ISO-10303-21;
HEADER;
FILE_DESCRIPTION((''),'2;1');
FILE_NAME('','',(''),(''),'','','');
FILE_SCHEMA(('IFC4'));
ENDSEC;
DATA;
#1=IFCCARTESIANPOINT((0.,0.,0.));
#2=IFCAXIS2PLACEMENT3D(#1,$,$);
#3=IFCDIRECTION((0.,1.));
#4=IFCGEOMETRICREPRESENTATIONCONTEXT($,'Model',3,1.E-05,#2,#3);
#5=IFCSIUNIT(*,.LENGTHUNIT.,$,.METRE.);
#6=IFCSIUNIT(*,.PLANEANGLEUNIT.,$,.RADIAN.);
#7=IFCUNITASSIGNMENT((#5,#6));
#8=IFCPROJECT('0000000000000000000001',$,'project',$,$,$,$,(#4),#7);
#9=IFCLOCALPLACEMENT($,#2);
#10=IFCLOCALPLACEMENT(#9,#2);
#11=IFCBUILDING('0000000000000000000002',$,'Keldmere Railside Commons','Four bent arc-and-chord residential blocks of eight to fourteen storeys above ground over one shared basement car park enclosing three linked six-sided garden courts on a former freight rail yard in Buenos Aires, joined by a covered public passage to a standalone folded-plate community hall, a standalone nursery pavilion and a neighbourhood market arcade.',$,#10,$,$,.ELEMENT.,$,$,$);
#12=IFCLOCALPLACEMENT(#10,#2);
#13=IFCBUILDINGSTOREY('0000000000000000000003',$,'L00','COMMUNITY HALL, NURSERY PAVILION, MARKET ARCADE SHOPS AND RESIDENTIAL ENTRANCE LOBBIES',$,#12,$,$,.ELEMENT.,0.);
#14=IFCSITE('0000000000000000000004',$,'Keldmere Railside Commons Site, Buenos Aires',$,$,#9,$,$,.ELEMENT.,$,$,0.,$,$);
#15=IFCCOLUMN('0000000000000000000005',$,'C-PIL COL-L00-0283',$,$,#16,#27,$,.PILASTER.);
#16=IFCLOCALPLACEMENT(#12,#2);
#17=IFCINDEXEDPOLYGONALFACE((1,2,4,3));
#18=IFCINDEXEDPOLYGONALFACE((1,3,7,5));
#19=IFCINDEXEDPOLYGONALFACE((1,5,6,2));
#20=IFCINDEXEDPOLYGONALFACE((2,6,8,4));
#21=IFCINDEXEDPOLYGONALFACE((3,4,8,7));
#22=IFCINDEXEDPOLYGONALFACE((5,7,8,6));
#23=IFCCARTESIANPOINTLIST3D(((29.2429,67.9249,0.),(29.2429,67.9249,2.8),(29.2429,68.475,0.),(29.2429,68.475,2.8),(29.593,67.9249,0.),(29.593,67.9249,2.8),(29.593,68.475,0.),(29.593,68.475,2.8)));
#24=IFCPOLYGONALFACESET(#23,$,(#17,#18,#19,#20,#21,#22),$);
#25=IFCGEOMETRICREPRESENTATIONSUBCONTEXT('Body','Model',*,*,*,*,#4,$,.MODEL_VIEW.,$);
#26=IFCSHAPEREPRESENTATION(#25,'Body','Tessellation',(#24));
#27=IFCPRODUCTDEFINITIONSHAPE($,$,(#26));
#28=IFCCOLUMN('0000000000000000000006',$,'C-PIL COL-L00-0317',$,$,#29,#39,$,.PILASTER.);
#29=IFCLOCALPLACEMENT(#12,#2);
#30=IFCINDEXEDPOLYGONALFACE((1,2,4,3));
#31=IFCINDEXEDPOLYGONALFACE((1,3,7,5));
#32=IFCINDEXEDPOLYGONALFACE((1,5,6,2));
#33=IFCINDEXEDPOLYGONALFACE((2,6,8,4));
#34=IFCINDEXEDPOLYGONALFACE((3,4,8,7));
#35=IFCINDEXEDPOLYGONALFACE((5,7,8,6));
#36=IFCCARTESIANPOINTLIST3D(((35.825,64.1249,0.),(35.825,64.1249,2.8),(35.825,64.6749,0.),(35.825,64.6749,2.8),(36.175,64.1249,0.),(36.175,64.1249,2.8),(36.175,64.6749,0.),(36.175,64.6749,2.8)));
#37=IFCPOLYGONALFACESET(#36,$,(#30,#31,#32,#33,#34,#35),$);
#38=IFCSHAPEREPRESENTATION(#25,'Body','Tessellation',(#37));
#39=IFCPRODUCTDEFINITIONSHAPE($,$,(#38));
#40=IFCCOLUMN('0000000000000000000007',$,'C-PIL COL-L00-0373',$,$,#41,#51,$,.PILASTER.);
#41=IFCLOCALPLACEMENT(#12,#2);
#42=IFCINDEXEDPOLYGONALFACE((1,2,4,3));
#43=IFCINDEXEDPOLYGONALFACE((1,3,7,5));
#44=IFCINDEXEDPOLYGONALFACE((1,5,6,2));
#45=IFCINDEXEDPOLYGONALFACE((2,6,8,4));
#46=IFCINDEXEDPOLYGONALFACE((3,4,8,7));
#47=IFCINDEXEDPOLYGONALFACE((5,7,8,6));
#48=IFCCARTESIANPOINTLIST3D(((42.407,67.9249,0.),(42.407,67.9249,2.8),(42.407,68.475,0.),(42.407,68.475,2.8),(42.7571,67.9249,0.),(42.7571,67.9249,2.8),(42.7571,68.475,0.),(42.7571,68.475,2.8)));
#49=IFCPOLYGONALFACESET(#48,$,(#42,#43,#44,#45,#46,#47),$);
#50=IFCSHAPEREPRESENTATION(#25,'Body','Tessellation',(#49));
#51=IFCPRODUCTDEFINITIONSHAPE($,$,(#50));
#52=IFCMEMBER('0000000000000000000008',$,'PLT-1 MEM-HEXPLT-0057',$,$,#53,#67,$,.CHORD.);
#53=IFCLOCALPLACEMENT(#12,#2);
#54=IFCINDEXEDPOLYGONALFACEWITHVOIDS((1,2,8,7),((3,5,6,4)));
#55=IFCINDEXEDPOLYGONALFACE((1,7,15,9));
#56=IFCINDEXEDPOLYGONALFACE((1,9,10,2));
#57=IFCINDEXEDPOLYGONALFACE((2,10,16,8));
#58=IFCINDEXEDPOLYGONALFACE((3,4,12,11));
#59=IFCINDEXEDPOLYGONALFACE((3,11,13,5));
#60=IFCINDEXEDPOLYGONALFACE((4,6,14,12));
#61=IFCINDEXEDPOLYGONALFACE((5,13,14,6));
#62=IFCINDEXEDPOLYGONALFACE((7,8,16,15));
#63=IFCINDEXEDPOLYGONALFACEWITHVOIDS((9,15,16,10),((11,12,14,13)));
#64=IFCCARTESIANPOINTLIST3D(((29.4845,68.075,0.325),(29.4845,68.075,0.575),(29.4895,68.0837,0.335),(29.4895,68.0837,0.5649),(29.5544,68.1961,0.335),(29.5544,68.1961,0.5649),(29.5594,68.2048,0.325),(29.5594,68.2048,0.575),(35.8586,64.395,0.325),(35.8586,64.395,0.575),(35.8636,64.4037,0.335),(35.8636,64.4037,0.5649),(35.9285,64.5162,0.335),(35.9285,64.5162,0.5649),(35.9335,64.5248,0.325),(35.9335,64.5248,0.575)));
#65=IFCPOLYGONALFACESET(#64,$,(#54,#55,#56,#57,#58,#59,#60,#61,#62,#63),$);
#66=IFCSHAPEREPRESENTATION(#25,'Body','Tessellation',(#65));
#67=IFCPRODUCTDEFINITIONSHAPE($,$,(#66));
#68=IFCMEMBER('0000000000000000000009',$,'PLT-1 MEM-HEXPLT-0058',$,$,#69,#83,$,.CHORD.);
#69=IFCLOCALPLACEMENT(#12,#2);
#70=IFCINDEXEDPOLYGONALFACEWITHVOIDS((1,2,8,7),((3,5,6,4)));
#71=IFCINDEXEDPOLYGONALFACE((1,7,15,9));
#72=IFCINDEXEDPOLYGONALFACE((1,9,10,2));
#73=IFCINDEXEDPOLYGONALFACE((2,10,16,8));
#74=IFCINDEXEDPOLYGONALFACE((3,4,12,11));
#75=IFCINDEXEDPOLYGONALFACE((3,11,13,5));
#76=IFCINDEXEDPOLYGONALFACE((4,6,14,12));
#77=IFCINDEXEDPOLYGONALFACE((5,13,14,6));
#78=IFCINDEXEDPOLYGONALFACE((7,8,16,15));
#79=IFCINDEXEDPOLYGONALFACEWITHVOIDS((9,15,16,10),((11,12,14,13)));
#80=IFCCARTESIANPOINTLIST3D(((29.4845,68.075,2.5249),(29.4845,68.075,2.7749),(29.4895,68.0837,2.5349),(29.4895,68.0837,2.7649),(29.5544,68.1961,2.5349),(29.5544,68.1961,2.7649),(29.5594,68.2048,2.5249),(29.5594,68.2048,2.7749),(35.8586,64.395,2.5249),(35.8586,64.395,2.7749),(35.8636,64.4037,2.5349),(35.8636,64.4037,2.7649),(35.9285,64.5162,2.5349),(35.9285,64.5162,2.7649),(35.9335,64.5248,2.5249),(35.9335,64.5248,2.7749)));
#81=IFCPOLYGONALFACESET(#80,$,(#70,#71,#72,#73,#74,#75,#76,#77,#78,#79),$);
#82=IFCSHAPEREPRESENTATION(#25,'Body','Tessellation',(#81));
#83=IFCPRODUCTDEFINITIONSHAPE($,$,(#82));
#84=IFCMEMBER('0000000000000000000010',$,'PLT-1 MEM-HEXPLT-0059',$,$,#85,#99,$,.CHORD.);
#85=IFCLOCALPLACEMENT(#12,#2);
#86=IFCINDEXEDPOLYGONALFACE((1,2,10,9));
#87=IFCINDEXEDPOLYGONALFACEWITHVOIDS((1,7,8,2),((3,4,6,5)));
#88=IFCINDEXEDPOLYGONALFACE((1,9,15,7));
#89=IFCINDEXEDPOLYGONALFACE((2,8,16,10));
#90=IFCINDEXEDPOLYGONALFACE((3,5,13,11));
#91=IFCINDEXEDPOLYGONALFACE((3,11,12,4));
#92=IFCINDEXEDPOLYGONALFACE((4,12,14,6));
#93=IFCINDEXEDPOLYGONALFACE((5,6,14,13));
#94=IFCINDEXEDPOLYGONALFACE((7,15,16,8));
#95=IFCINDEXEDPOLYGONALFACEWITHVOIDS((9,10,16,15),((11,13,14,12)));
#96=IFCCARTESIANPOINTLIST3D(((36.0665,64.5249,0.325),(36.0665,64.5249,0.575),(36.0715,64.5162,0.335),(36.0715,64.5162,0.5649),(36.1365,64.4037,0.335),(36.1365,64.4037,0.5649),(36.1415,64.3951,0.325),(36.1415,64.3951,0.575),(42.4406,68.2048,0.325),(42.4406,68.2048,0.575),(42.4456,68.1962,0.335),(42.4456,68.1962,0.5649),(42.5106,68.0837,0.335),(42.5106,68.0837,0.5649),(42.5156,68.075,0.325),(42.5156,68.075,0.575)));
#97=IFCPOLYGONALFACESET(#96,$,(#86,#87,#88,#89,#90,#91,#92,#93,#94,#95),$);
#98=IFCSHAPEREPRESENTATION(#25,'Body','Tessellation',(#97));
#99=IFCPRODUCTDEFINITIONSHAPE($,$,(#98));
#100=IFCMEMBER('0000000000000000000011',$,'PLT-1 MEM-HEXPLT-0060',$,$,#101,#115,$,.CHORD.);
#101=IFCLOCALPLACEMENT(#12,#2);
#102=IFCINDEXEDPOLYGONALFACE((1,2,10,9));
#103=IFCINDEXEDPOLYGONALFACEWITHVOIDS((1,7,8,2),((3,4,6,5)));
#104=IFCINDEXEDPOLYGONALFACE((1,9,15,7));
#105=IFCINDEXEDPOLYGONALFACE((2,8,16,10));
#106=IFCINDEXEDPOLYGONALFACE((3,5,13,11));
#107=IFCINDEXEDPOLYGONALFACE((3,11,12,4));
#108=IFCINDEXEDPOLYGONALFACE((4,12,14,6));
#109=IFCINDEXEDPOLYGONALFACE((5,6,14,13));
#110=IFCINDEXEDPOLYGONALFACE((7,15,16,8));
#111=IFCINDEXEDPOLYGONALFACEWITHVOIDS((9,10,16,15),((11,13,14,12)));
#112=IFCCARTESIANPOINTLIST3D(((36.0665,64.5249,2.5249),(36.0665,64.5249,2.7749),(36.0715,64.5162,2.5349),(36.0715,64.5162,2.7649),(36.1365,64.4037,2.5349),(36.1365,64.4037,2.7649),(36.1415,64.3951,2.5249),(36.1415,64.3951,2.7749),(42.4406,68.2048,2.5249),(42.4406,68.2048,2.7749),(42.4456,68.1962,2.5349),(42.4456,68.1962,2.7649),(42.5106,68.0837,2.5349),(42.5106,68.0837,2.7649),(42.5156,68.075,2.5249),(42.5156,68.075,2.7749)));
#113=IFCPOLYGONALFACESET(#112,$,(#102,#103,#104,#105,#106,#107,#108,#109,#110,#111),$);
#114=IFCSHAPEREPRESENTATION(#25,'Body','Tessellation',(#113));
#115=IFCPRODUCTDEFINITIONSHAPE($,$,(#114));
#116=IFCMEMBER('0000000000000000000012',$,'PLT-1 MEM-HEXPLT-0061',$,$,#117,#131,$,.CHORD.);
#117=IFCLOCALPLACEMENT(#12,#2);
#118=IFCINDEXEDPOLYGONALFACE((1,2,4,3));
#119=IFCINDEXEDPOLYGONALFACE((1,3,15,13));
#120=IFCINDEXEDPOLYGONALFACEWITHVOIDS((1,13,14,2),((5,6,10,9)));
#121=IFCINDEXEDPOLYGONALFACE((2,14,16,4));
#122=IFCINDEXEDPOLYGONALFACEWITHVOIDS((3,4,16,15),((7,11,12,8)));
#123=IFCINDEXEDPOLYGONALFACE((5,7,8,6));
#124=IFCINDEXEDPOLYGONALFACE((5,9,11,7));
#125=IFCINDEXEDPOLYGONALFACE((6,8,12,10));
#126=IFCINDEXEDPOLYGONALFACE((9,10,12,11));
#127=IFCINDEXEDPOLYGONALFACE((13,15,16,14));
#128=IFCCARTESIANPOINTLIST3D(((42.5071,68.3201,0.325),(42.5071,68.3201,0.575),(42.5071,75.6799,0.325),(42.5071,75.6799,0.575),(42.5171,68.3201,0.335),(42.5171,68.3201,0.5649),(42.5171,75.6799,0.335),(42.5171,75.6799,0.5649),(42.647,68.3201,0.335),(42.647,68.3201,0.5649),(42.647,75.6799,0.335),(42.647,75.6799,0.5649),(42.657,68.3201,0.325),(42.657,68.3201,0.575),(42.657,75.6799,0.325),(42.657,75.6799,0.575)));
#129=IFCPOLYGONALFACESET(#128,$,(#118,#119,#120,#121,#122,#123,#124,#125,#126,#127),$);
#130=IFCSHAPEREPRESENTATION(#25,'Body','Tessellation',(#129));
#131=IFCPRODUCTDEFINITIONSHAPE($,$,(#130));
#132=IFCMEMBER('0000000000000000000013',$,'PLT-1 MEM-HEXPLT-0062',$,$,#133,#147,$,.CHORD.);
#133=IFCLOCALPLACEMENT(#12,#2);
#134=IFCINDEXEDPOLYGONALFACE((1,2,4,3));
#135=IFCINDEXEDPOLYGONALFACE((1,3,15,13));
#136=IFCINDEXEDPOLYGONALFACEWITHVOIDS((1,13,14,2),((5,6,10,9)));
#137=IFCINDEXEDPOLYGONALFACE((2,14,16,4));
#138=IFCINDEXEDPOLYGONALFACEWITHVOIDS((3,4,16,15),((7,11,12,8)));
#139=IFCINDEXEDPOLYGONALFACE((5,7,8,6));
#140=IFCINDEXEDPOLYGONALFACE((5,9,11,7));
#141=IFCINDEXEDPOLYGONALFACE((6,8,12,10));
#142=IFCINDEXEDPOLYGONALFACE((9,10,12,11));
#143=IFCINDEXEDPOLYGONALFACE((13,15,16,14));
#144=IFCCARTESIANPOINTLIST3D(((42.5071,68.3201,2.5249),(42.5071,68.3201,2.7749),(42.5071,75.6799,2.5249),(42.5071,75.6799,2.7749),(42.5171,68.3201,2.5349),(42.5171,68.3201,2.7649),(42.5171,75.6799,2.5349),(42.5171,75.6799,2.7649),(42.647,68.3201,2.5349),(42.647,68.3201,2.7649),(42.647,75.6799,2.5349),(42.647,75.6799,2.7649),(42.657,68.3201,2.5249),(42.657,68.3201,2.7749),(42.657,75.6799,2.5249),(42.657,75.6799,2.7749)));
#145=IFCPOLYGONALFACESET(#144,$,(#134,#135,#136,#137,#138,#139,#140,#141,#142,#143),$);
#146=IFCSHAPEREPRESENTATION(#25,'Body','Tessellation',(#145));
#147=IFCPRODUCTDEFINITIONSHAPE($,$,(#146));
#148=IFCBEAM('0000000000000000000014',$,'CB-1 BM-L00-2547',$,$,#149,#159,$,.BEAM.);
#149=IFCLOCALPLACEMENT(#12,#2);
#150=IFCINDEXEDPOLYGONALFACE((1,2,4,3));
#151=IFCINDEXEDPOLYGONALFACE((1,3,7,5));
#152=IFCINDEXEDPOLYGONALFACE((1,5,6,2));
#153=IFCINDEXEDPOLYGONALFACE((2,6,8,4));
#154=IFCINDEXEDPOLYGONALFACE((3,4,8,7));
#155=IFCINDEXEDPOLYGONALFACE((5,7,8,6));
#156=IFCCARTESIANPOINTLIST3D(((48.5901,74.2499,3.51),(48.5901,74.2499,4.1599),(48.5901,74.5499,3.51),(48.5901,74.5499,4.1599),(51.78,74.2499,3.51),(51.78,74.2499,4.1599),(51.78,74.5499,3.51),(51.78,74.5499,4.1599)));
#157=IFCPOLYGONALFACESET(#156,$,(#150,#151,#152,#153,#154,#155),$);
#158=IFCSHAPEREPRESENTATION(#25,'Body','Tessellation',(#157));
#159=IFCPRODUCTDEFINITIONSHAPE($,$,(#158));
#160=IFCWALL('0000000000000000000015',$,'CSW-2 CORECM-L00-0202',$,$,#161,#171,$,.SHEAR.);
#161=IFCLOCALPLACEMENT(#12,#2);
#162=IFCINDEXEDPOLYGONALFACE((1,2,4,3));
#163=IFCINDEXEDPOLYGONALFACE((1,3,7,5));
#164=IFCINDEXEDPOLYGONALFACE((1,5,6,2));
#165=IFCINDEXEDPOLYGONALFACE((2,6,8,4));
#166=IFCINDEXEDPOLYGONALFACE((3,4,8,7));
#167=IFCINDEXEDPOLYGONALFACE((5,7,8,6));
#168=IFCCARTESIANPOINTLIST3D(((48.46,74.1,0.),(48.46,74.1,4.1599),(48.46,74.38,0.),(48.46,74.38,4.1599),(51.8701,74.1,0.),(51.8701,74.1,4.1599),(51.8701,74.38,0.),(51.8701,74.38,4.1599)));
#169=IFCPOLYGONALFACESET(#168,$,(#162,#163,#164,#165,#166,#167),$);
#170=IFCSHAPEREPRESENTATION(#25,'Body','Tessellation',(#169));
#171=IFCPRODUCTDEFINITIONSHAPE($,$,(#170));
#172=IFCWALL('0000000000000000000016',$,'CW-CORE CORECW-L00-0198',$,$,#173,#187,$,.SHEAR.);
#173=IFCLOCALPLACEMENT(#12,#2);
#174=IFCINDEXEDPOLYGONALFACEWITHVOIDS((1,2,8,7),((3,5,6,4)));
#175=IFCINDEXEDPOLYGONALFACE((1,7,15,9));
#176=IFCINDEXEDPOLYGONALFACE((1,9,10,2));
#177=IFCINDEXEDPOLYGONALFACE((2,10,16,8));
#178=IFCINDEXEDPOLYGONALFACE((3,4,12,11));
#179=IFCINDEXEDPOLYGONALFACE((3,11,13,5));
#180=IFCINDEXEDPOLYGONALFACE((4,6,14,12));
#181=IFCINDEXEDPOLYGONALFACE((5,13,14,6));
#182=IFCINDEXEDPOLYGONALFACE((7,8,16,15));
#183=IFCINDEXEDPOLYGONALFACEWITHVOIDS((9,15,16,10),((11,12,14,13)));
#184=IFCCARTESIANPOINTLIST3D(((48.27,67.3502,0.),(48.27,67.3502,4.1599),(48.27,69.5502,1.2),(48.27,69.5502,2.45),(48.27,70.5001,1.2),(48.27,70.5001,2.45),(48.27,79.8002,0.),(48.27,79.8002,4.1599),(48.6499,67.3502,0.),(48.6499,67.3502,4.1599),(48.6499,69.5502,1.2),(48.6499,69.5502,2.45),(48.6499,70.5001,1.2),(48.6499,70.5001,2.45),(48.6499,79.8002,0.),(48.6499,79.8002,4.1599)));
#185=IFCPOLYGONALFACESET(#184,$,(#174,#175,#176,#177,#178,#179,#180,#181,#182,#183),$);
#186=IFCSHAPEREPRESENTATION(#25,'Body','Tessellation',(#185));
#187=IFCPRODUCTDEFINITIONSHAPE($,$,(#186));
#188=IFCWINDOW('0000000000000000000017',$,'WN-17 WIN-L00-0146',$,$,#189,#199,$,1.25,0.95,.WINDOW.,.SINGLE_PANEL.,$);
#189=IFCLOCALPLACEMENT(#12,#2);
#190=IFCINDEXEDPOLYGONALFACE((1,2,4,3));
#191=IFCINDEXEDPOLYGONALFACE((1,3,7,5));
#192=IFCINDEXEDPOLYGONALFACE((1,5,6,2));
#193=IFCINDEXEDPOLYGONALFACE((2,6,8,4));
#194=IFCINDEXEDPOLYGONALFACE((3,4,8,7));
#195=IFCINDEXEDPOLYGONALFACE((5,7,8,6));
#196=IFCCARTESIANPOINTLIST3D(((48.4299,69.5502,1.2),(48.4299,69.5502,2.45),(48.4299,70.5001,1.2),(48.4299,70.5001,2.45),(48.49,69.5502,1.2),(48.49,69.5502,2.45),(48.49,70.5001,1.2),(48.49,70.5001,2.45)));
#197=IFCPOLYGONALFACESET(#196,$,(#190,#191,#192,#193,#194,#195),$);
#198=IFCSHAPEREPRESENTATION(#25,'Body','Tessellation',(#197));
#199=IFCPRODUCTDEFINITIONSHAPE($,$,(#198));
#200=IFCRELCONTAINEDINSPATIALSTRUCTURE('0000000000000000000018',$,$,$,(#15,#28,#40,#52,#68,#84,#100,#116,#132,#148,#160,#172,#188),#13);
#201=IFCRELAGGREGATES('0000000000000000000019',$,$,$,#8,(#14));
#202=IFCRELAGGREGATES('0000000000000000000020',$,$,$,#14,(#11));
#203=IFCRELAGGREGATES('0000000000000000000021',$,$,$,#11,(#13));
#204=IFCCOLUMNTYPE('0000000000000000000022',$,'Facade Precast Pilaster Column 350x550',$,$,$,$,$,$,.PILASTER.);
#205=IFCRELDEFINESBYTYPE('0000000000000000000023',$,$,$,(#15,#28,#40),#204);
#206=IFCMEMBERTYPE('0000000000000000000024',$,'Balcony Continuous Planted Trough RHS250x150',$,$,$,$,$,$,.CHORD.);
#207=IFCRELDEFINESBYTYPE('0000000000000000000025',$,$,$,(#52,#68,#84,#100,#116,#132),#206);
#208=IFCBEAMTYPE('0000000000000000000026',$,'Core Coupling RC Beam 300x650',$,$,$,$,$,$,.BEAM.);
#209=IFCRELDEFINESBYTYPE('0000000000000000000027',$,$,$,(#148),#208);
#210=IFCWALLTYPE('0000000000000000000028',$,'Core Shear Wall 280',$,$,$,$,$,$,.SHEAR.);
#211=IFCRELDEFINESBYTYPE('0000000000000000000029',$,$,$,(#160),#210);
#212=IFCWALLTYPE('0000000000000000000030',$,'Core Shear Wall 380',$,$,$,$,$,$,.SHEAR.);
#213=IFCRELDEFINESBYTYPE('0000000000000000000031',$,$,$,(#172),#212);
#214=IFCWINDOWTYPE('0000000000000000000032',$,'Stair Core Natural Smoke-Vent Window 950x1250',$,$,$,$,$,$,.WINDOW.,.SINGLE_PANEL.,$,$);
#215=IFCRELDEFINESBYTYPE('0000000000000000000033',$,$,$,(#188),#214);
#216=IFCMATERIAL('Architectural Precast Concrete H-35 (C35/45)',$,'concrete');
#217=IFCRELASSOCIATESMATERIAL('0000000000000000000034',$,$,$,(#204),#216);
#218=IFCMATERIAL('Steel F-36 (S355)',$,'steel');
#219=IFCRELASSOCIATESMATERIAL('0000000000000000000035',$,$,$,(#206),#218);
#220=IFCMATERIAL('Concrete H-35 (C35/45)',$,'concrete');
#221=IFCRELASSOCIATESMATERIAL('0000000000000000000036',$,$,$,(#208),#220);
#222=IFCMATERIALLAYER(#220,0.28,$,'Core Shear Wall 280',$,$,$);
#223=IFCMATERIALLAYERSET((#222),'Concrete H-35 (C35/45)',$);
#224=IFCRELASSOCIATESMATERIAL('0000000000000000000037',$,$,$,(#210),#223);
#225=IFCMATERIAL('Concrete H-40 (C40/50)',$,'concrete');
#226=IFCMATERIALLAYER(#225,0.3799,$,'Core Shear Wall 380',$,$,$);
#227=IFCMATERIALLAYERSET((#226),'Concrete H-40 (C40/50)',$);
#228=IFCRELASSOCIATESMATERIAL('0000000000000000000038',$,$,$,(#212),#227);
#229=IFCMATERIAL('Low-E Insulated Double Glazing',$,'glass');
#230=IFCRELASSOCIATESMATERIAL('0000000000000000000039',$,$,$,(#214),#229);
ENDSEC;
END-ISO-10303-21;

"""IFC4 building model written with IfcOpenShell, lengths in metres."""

from ifc_helpers import new_model, si_unit, direction, frame, frame_2d, origin, origin_2d, place, context, subcontext, project, spatial, rectangle, hollow_rectangle, extrude, material, layer, layer_set, material_profile, profile_set, type_object, element, fill, save


model = new_model("IFC4")

# Units and contexts
model_context = context("Model", 3, precision=1e-05, world=origin(), true_north=direction((0.0, 1.0)))
body_context = subcontext(model_context, "Body", "Model", "MODEL_VIEW")
ifc_project = project(units=[si_unit("LENGTHUNIT", "METRE"), si_unit("PLANEANGLEUNIT", "RADIAN")], contexts=[model_context])

# Site, building, storey
site_placement = place(None, origin())
site = spatial("IfcSite", under=ifc_project, at=site_placement, Name="Keldmere Railside Commons Site, Buenos Aires", CompositionType="ELEMENT", RefElevation=0.0)
building_placement = place(site_placement, origin())
building = spatial("IfcBuilding", under=site, at=building_placement, Name="Keldmere Railside Commons", Description="Four bent arc-and-chord residential blocks of eight to fourteen storeys above ground over one shared basement car park enclosing three linked six-sided garden courts on a former freight rail yard in Buenos Aires, joined by a covered public passage to a standalone folded-plate community hall, a standalone nursery pavilion and a neighbourhood market arcade.", CompositionType="ELEMENT")
storey_placement = place(building_placement, origin())
storey = spatial("IfcBuildingStorey", under=building, at=storey_placement, Name="L00", Description="COMMUNITY HALL, NURSERY PAVILION, MARKET ARCADE SHOPS AND RESIDENTIAL ENTRANCE LOBBIES", CompositionType="ELEMENT", Elevation=0.0)

# Columns
ifc_material_1 = material(Name="Architectural Precast Concrete H-35 (C35/45)", Category="concrete")
ifc_material_profile_1 = material_profile(ifc_material_1, rectangle(XDim=0.3501, YDim=0.55, at=origin_2d()), Name="RC-350x550")
ifc_profile_set_1 = profile_set([ifc_material_profile_1], Name="Architectural Precast Concrete H-35 (C35/45)")
column_type = type_object("IfcColumnType", Name="Facade Precast Pilaster Column 350x550", PredefinedType="PILASTER", material=ifc_profile_set_1)
for number, where, z_axis, x_axis, name in (
    (1, (29.418, 68.2, 0.0), (0.0, 0.0, 1.0), (1.0, 0.0, 0.0), "C-PIL COL-L00-0283"),
    (2, (36.0, 64.3999, 0.0), (0.0, 0.0, 1.0), (1.0, 0.0, 0.0), "C-PIL COL-L00-0317"),
    (3, (42.582, 68.2, 0.0), (0.0, 0.0, 1.0), (1.0, 0.0, 0.0), "C-PIL COL-L00-0373"),
):
    element("IfcColumn", number, at=place(storey_placement, frame(where, z_axis=z_axis, x_axis=x_axis)), inside=storey, type_object=column_type, Name=name, PredefinedType="PILASTER", context=body_context, shape_type="SweptSolid", body=[
        extrude(rectangle(XDim=0.3501, YDim=0.55, at=origin_2d()), origin(), (0.0, 0.0, 1.0), 2.8),
    ])

# Members
ifc_material_2 = material(Name="Steel F-36 (S355)", Category="steel")
ifc_material_profile_2 = material_profile(ifc_material_2, hollow_rectangle(XDim=0.1499, YDim=0.25, WallThickness=0.01, at=origin_2d()), Name="RHS-250x150x10")
ifc_profile_set_2 = profile_set([ifc_material_profile_2], Name="Steel F-36 (S355)")
member_type = type_object("IfcMemberType", Name="Balcony Continuous Planted Trough RHS250x150", PredefinedType="CHORD", material=ifc_profile_set_2)
for number, where, z_axis, x_axis, name in (
    (4, (29.522, 68.1399, 0.45), (0.866032, -0.499989, 0.0), (0.499989, 0.866032, 0.0), "PLT-1 MEM-HEXPLT-0057"),
    (5, (29.522, 68.1399, 2.6499), (0.866032, -0.499989, 0.0), (0.499989, 0.866032, 0.0), "PLT-1 MEM-HEXPLT-0058"),
    (6, (36.104, 64.46, 0.45), (0.866032, 0.499989, 0.0), (-0.499989, 0.866032, 0.0), "PLT-1 MEM-HEXPLT-0059"),
    (7, (36.104, 64.46, 2.6499), (0.866032, 0.499989, 0.0), (-0.499989, 0.866032, 0.0), "PLT-1 MEM-HEXPLT-0060"),
):
    element("IfcMember", number, at=place(storey_placement, frame(where, z_axis=z_axis, x_axis=x_axis)), inside=storey, type_object=member_type, Name=name, PredefinedType="CHORD", context=body_context, shape_type="SweptSolid", body=[
        extrude(hollow_rectangle(XDim=0.1499, YDim=0.25, WallThickness=0.01, at=origin_2d()), origin(), (0.0, 0.0, 1.0), 7.3601),
    ])
for number, where, z_axis, x_axis, name in (
    (8, (42.582, 68.3201, 0.45), (0.0, 1.0, 0.0), (-1.0, 0.0, 0.0), "PLT-1 MEM-HEXPLT-0061"),
    (9, (42.582, 68.3201, 2.6499), (0.0, 1.0, 0.0), (-1.0, 0.0, 0.0), "PLT-1 MEM-HEXPLT-0062"),
):
    element("IfcMember", number, at=place(storey_placement, frame(where, z_axis=z_axis, x_axis=x_axis)), inside=storey, type_object=member_type, Name=name, PredefinedType="CHORD", context=body_context, shape_type="SweptSolid", body=[
        extrude(hollow_rectangle(XDim=0.1499, YDim=0.25, WallThickness=0.01, at=origin_2d()), origin(), (0.0, 0.0, 1.0), 7.3599),
    ])

# Beam
ifc_material_3 = material(Name="Concrete H-35 (C35/45)", Category="concrete")
ifc_material_profile_3 = material_profile(ifc_material_3, rectangle(XDim=0.3, YDim=0.6499, at=origin_2d()), Name="RC-300x650")
ifc_profile_set_3 = profile_set([ifc_material_profile_3], Name="Concrete H-35 (C35/45)")
beam_type = type_object("IfcBeamType", Name="Core Coupling RC Beam 300x650", PredefinedType="BEAM", material=ifc_profile_set_3)
beam_placement = place(storey_placement, frame((48.5901, 74.3999, 3.835), z_axis=(1.0, 0.0, 0.0), x_axis=(0.0, 1.0, 0.0)))
element("IfcBeam", 10, at=beam_placement, inside=storey, type_object=beam_type, Name="CB-1 BM-L00-2547", PredefinedType="BEAM", context=body_context, shape_type="SweptSolid", body=[
    extrude(rectangle(XDim=0.3, YDim=0.6499, at=origin_2d()), origin(), (0.0, 0.0, 1.0), 3.1899),
])

# Wall
ifc_layer_1 = layer(ifc_material_3, 0.28, Name="Core Shear Wall 280")
ifc_layer_set_1 = layer_set([ifc_layer_1], Name="Concrete H-35 (C35/45)")
wall_type_1 = type_object("IfcWallType", Name="Core Shear Wall 280", PredefinedType="SHEAR", material=ifc_layer_set_1)
wall_1_placement = place(storey_placement, frame((48.46, 74.24, 0.0), z_axis=(0.0, 0.0, 1.0), x_axis=(1.0, 0.0, 0.0)))
element("IfcWall", 11, at=wall_1_placement, inside=storey, type_object=wall_type_1, Name="CSW-2 CORECM-L00-0202", PredefinedType="SHEAR", context=body_context, shape_type="SweptSolid", body=[
    extrude(rectangle(XDim=3.4102, YDim=0.28, at=frame_2d((1.7051, 0.0))), origin(), (0.0, 0.0, 1.0), 4.1599),
])

# Wall, opening, window
ifc_material_4 = material(Name="Concrete H-40 (C40/50)", Category="concrete")
ifc_layer_2 = layer(ifc_material_4, 0.3799, Name="Core Shear Wall 380")
ifc_layer_set_2 = layer_set([ifc_layer_2], Name="Concrete H-40 (C40/50)")
wall_type_2 = type_object("IfcWallType", Name="Core Shear Wall 380", PredefinedType="SHEAR", material=ifc_layer_set_2)
wall_2_placement = place(storey_placement, frame((48.46, 67.3501, 0.0), z_axis=(0.0, 0.0, 1.0), x_axis=(0.0, 1.0, 0.0)))
wall_2 = element("IfcWall", 12, at=wall_2_placement, inside=storey, type_object=wall_type_2, Name="CW-CORE CORECW-L00-0198", PredefinedType="SHEAR", context=body_context, shape_type="SweptSolid", body=[
    extrude(rectangle(XDim=12.45, YDim=0.3799, at=frame_2d((6.2251, 0.0))), origin(), (0.0, 0.0, 1.0), 4.1599),
])
opening_1_placement = place(wall_2_placement, frame((2.2, 0.0, 1.2)))
opening_1 = element("IfcOpeningElement", 13, at=opening_1_placement, cuts=wall_2, PredefinedType="OPENING", context=body_context, shape_type="SweptSolid", body=[
    extrude(rectangle(XDim=0.95, YDim=1.25, at=frame_2d((0.4751, 0.625))), frame((0.0, 0.2, 0.0), z_axis=(0.0, -1.0, 0.0), x_axis=(1.0, 0.0, 0.0)), (0.0, 0.0, 1.0), 0.3999),
])
ifc_material_5 = material(Name="Low-E Insulated Double Glazing", Category="glass")
window_type = type_object("IfcWindowType", Name="Stair Core Natural Smoke-Vent Window 950x1250", PartitioningType="SINGLE_PANEL", PredefinedType="WINDOW", material=ifc_material_5)
window_placement = place(opening_1_placement, origin())
window = element("IfcWindow", 14, at=window_placement, inside=storey, type_object=window_type, Name="WN-17 WIN-L00-0146", OverallHeight=1.25, OverallWidth=0.95, PartitioningType="SINGLE_PANEL", PredefinedType="WINDOW", context=body_context, shape_type="SweptSolid", body=[
    extrude(rectangle(XDim=0.95, YDim=1.25, at=frame_2d((0.4751, 0.625))), frame((0.0, 0.03, 0.0), z_axis=(0.0, -1.0, 0.0), x_axis=(1.0, 0.0, 0.0)), (0.0, 0.0, 1.0), 0.0601),
])
fill(opening_1, window)

save(model, "model.ifc")
